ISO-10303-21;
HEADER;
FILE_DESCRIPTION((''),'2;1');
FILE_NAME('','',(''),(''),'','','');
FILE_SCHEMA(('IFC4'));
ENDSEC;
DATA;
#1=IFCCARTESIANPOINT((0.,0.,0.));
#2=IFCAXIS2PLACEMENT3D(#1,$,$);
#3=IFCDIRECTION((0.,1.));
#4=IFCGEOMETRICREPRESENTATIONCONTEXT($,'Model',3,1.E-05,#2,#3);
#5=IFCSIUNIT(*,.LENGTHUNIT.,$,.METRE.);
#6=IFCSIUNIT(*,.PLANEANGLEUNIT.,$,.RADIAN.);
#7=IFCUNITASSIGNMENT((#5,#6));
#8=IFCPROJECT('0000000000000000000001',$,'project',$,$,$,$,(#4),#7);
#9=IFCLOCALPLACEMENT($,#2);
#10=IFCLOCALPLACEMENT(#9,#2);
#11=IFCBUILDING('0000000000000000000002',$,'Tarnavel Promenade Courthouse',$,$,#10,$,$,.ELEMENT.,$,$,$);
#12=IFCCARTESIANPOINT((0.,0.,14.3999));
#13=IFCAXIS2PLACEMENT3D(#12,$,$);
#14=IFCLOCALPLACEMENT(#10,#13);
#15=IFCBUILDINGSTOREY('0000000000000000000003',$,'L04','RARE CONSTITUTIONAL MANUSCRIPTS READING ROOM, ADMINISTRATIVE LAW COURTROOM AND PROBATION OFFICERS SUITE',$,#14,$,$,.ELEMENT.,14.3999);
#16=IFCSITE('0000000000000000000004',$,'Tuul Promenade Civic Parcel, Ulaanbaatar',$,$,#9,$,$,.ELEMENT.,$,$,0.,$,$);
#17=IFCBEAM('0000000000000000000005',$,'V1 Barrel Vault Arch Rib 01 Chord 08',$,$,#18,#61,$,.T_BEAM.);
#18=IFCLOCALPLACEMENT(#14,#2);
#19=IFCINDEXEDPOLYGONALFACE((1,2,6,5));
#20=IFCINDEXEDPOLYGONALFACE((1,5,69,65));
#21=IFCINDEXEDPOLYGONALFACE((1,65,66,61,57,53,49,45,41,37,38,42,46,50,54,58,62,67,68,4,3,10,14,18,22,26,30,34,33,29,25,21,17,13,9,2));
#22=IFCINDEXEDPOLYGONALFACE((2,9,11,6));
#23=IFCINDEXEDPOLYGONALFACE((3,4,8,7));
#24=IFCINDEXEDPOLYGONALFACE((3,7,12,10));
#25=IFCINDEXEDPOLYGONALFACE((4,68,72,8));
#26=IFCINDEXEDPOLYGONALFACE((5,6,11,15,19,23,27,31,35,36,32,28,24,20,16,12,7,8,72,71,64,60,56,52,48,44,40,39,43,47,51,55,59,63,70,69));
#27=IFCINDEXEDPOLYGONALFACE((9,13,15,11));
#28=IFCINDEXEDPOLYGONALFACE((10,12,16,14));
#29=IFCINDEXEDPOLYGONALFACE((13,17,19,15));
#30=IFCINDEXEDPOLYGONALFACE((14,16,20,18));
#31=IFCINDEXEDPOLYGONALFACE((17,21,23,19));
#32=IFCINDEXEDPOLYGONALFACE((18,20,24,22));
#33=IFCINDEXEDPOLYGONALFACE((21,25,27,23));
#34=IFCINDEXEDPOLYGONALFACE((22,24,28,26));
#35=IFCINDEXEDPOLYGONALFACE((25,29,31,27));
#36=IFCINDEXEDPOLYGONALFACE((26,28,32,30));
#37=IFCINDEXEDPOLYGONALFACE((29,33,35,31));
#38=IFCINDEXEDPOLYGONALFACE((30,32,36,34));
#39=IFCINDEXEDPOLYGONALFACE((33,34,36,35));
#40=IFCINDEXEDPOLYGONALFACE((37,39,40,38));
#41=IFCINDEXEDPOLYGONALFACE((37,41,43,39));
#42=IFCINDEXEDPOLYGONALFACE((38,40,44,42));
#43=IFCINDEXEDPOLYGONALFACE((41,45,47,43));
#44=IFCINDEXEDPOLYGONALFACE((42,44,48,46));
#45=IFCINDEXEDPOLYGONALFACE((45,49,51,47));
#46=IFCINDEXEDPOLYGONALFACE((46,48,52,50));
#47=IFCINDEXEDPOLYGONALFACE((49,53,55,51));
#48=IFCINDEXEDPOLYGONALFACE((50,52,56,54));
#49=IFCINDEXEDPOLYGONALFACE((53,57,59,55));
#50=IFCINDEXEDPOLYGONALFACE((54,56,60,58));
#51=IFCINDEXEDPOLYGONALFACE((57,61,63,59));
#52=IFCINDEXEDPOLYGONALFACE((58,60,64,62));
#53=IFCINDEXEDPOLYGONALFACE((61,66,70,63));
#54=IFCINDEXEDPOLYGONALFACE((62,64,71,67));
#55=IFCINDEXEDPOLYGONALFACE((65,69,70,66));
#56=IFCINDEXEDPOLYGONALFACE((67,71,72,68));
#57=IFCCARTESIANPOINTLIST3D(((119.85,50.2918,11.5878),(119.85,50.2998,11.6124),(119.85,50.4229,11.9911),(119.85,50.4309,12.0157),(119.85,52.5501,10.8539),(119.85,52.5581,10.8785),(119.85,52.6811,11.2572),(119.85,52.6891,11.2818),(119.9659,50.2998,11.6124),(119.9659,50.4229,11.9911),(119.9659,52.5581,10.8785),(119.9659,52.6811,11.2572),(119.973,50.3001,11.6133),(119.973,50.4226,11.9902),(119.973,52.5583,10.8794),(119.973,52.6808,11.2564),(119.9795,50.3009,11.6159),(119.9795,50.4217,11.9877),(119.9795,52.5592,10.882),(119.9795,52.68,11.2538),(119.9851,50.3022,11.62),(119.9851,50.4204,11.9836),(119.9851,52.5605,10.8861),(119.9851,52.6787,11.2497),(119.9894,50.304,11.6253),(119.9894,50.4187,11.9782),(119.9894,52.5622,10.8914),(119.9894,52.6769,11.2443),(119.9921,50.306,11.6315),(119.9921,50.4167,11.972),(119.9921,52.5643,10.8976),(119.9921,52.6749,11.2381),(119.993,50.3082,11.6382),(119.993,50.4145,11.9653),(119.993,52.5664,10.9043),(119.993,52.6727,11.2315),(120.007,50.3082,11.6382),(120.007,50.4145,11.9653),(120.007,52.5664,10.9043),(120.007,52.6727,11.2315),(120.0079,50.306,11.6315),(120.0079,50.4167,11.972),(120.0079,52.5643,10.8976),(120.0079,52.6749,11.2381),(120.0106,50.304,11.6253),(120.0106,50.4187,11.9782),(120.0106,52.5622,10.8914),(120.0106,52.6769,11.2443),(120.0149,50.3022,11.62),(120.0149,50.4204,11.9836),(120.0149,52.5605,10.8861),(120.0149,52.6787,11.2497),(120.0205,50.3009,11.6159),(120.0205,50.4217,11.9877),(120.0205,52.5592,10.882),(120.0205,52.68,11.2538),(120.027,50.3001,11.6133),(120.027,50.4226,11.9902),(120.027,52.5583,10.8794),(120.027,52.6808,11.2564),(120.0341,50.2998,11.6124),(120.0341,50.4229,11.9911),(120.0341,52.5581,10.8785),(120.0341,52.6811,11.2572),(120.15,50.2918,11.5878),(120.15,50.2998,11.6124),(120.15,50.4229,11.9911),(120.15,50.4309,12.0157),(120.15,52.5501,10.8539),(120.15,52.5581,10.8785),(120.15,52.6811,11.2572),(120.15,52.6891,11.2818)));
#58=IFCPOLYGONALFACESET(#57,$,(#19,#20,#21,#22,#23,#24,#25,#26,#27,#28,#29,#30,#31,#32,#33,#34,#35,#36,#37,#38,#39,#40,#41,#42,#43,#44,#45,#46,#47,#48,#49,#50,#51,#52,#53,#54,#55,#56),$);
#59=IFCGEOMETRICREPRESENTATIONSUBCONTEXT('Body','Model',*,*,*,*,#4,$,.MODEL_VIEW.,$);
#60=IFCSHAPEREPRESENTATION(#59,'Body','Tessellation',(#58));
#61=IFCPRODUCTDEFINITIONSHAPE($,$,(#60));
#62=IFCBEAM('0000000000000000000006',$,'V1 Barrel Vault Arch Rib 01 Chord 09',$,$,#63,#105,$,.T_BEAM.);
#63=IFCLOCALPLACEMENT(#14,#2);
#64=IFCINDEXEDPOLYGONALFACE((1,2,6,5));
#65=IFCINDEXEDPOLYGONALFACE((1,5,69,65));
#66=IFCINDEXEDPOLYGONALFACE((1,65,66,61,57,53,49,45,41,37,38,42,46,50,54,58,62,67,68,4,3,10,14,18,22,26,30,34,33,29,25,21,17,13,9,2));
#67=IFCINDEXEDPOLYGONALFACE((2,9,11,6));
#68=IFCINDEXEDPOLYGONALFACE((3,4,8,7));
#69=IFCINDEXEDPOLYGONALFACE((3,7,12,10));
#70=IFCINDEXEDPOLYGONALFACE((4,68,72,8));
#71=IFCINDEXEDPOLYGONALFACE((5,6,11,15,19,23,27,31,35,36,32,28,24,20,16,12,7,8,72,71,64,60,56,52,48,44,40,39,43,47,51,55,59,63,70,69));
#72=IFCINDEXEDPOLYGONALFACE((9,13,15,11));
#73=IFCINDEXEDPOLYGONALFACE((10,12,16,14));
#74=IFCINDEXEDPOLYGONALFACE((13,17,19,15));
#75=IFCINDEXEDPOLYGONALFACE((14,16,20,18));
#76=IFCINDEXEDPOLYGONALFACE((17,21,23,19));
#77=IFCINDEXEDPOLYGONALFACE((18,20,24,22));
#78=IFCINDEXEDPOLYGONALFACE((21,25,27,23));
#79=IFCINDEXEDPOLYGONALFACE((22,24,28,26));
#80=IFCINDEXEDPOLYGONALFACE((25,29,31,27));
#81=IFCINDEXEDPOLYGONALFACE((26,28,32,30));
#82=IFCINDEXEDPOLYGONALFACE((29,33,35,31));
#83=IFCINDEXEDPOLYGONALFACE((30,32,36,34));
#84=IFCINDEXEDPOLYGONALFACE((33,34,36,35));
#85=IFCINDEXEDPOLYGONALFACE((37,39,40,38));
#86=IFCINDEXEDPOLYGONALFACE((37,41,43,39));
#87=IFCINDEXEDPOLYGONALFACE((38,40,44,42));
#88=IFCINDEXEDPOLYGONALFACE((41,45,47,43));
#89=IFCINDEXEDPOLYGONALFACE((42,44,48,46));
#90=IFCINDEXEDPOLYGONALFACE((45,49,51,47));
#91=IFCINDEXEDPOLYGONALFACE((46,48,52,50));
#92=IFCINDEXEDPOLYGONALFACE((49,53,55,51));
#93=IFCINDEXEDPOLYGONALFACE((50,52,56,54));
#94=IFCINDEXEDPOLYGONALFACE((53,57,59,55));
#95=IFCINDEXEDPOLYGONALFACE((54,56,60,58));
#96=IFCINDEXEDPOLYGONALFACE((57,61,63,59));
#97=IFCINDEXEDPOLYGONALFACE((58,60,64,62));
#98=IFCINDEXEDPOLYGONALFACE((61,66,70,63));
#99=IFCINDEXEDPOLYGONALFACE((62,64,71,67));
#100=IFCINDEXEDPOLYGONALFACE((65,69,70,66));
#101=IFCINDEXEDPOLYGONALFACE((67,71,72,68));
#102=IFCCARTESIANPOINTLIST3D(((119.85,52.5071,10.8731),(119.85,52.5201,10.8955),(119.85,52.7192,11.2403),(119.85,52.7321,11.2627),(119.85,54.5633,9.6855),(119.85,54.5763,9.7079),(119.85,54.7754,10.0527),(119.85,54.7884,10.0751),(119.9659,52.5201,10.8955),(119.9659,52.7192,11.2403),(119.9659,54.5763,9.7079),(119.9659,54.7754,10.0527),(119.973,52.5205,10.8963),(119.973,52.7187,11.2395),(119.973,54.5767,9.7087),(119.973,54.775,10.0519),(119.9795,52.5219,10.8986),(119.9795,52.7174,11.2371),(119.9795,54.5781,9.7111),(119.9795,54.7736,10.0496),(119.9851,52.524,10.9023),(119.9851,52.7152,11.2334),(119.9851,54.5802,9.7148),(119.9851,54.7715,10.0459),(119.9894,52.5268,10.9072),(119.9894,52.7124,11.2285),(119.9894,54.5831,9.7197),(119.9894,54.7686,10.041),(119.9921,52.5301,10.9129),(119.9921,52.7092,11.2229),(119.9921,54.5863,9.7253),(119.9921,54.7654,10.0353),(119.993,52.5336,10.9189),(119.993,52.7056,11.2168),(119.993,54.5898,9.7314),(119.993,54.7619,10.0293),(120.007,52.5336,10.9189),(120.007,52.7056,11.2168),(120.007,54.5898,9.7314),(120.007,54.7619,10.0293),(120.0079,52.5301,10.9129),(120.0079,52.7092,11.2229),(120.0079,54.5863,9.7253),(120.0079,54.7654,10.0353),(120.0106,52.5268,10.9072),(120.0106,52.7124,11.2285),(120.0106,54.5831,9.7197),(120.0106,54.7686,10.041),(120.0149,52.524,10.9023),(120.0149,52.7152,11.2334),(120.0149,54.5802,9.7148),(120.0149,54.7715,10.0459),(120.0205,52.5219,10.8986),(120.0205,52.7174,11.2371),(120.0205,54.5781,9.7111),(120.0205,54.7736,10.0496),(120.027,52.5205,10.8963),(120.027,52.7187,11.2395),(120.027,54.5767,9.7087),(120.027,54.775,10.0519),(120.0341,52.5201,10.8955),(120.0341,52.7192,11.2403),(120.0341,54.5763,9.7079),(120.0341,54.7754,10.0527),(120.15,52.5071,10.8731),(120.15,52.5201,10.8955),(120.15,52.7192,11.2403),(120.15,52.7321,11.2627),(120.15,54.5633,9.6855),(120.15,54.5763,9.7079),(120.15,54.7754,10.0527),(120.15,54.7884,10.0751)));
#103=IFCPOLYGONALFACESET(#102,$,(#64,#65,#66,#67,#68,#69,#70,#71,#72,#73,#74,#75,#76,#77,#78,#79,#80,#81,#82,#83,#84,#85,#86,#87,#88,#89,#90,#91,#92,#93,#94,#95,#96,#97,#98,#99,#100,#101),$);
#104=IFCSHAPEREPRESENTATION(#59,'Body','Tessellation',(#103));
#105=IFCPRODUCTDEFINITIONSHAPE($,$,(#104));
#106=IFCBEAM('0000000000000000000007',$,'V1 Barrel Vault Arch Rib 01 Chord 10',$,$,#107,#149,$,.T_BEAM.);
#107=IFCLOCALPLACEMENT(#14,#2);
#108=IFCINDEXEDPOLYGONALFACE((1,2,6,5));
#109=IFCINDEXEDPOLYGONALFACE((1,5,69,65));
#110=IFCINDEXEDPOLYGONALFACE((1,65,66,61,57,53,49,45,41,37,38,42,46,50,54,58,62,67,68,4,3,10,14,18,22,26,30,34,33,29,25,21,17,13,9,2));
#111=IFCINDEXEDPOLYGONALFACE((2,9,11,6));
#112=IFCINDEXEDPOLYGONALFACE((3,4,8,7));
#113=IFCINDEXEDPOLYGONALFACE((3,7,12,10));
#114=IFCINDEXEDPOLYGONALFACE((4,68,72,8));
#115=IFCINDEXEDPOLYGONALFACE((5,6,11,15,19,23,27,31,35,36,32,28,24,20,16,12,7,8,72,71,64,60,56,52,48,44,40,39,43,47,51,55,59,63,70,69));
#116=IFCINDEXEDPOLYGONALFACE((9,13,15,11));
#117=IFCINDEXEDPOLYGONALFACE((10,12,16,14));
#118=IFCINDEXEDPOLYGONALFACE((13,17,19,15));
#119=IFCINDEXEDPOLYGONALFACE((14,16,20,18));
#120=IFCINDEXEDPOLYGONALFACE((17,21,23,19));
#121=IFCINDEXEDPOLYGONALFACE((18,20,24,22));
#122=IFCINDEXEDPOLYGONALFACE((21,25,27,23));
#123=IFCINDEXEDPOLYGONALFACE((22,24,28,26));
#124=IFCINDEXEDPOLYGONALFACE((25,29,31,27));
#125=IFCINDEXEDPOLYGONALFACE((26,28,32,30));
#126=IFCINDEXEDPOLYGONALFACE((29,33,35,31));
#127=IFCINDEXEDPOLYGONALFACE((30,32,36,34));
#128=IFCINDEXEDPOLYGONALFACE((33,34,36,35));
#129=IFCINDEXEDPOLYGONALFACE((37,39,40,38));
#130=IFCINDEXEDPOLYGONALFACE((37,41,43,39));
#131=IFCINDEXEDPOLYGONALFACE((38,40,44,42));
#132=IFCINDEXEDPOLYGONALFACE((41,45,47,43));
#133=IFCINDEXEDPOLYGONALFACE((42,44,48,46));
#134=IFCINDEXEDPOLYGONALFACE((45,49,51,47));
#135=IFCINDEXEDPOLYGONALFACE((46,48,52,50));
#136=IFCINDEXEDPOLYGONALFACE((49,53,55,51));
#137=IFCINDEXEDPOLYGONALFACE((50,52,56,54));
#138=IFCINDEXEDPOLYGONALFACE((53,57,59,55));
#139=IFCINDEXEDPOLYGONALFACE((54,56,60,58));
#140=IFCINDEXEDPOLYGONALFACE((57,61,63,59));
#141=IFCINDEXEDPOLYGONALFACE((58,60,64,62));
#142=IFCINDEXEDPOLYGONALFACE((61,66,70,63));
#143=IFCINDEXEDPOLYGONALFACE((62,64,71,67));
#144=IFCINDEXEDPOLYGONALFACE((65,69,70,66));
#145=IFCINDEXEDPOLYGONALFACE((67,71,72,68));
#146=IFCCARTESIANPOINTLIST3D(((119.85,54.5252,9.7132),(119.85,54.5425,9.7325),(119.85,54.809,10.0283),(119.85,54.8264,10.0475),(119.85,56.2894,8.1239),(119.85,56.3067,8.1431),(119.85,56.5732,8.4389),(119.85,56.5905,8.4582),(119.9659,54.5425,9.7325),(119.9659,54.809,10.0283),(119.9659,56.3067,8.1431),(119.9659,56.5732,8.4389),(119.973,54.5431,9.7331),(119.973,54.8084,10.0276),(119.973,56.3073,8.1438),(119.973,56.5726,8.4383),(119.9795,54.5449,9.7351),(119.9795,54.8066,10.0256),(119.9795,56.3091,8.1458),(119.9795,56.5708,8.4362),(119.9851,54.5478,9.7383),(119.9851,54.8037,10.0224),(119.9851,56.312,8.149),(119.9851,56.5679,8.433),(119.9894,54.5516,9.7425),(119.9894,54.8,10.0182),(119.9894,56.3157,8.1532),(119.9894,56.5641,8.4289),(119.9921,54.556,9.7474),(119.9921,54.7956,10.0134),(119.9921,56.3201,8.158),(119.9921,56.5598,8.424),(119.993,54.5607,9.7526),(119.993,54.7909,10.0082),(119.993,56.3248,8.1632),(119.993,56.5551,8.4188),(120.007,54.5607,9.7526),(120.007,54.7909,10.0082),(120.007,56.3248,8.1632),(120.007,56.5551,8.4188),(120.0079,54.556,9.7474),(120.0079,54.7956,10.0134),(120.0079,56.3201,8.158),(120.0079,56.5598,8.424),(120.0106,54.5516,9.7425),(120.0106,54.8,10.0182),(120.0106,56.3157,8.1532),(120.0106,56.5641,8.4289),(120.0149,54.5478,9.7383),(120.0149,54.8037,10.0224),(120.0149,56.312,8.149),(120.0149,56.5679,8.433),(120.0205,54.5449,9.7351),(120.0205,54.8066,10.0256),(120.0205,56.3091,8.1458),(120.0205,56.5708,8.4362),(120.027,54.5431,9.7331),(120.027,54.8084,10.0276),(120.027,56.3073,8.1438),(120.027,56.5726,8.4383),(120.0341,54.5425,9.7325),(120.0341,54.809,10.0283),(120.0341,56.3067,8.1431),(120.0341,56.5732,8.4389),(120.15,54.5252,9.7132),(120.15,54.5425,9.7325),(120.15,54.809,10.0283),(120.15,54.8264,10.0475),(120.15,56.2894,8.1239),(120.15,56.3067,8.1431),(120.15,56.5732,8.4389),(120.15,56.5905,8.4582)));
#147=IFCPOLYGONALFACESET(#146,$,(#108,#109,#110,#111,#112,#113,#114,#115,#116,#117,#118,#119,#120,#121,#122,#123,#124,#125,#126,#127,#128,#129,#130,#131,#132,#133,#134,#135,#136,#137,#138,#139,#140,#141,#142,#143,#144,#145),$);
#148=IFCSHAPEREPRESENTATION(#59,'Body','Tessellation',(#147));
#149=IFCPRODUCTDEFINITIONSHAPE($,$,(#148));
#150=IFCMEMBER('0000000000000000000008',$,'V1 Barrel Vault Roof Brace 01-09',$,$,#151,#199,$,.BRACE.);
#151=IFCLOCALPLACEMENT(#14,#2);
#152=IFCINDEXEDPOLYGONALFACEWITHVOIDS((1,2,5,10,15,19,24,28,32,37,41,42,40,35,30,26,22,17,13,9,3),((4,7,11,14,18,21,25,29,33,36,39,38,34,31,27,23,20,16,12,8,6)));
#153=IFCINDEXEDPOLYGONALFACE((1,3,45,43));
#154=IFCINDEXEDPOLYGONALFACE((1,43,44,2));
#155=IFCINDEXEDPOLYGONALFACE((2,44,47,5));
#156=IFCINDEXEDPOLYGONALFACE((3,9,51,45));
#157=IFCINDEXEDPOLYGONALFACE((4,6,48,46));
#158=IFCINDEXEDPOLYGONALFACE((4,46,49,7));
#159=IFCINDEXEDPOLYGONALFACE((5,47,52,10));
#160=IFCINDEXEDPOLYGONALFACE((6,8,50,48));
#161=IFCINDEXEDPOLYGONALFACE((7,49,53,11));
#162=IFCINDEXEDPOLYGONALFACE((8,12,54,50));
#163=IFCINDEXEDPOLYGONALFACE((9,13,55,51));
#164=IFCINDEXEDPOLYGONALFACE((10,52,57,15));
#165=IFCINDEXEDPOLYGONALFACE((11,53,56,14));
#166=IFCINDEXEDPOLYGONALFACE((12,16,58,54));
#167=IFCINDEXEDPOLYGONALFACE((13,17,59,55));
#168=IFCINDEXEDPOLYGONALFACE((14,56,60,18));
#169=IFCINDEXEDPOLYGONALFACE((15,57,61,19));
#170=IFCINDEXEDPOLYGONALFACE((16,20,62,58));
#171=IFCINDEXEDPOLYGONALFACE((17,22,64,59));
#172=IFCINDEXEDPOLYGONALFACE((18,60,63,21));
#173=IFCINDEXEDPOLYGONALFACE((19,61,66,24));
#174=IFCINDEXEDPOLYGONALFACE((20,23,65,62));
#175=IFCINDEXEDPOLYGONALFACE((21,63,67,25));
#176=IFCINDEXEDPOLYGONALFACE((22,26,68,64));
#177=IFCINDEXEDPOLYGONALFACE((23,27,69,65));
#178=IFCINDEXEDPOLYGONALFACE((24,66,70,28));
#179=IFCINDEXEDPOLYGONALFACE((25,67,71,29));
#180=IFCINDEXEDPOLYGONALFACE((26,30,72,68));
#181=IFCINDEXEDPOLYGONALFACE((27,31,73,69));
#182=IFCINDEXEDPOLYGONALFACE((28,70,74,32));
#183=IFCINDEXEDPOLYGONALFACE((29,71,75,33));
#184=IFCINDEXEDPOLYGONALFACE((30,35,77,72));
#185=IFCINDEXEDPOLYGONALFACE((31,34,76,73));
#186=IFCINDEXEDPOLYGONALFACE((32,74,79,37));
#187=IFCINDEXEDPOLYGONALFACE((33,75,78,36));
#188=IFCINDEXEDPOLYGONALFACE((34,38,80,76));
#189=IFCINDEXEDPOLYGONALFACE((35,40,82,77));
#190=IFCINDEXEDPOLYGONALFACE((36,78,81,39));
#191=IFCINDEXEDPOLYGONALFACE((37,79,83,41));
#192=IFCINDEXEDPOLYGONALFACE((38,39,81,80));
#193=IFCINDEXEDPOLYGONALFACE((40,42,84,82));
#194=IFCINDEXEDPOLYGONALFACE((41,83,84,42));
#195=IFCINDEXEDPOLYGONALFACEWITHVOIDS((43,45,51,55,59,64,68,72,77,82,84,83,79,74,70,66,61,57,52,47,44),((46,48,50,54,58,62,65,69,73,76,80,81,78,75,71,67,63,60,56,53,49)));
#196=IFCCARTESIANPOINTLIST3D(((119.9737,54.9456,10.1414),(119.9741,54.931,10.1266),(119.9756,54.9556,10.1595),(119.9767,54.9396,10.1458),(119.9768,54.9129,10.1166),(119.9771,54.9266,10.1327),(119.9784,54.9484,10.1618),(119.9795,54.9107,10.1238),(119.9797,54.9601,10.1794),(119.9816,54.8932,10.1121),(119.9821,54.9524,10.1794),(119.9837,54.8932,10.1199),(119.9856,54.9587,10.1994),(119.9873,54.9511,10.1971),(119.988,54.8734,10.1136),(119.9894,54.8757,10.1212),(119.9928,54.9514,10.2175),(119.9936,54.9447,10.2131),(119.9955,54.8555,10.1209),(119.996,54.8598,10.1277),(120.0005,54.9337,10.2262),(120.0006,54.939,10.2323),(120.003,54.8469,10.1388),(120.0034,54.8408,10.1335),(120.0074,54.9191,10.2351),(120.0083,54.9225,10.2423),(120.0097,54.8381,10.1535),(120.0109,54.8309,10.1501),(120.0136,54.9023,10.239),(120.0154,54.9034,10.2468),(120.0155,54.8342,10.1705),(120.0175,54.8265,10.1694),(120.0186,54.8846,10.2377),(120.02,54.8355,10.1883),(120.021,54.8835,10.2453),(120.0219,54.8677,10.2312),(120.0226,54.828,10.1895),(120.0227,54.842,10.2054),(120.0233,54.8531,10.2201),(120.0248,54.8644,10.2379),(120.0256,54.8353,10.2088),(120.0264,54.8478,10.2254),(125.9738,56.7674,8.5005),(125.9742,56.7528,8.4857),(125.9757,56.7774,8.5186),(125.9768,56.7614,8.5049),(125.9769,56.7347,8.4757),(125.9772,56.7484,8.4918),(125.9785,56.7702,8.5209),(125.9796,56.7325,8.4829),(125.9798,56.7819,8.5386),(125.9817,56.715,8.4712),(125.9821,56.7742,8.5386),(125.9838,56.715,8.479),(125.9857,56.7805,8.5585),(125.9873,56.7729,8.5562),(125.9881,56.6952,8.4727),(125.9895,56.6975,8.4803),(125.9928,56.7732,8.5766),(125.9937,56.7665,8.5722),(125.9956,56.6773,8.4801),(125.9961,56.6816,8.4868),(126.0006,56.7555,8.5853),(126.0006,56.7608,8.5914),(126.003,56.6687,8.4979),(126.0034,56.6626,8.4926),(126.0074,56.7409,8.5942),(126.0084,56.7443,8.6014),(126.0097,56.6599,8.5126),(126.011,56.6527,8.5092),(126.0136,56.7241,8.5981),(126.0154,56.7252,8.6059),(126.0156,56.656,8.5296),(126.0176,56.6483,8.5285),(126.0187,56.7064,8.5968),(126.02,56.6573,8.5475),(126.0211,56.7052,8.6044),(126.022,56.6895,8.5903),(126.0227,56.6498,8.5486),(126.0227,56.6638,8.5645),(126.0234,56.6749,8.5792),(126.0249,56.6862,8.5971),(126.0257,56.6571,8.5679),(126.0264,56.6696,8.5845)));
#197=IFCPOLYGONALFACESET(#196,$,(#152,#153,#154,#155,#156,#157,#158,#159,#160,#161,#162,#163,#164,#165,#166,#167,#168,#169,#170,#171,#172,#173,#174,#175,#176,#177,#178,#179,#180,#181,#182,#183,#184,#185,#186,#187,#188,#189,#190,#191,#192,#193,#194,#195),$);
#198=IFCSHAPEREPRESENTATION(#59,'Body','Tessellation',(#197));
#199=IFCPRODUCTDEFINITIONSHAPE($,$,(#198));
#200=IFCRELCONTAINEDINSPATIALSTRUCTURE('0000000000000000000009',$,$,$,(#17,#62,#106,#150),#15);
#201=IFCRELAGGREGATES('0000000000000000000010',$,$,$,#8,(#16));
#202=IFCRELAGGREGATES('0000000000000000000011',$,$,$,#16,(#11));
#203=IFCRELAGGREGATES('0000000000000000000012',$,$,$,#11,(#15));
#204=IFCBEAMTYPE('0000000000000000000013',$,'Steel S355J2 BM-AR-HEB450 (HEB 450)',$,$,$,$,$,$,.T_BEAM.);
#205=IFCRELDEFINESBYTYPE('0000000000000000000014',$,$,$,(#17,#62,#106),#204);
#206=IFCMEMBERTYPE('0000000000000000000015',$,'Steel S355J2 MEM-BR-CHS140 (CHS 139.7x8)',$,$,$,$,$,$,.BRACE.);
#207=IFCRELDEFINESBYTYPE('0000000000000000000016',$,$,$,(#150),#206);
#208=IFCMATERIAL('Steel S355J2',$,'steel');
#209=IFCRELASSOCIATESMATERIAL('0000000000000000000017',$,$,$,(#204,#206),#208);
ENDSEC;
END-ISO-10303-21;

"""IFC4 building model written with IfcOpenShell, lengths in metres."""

from ifc_helpers import new_model, si_unit, direction, frame, origin, origin_2d, place, context, subcontext, project, spatial, hollow_circle, i_section, extrude, material, material_profile, profile_set, type_object, element, save


model = new_model("IFC4")

# Units and contexts
model_context = context("Model", 3, precision=1e-05, world=origin(), true_north=direction((0.0, 1.0)))
body_context = subcontext(model_context, "Body", "Model", "MODEL_VIEW")
ifc_project = project(units=[si_unit("LENGTHUNIT", "METRE"), si_unit("PLANEANGLEUNIT", "RADIAN")], contexts=[model_context])

# Site, building, storey
site_placement = place(None, origin())
site = spatial("IfcSite", under=ifc_project, at=site_placement, Name="Tuul Promenade Civic Parcel, Ulaanbaatar", CompositionType="ELEMENT", RefElevation=0.0)
building_placement = place(site_placement, origin())
building = spatial("IfcBuilding", under=site, at=building_placement, Name="Tarnavel Promenade Courthouse", CompositionType="ELEMENT")
storey_placement = place(building_placement, frame((0.0, 0.0, 14.3999)))
storey = spatial("IfcBuildingStorey", under=building, at=storey_placement, Name="L04", Description="RARE CONSTITUTIONAL MANUSCRIPTS READING ROOM, ADMINISTRATIVE LAW COURTROOM AND PROBATION OFFICERS SUITE", CompositionType="ELEMENT", Elevation=14.3999)

# Beams
ifc_material_1 = material(Name="Steel S355J2", Category="steel")
ifc_material_profile_1 = material_profile(ifc_material_1, i_section(OverallWidth=0.3, OverallDepth=0.45, WebThickness=0.0139, FlangeThickness=0.0259, FilletRadius=0.0271, at=origin_2d()), Name="HEB 450")
ifc_profile_set_1 = profile_set([ifc_material_profile_1], Name="Steel S355J2")
beam_type = type_object("IfcBeamType", Name="Steel S355J2 BM-AR-HEB450 (HEB 450)", PredefinedType="T_BEAM", material=ifc_profile_set_1)
for number, where, z_axis, x_axis, name in (
    (1, (120.0, 50.3613, 11.8018), (0.0, 0.951042, -0.309063), (-1.0, 0.0, 0.0), "V1 Barrel Vault Arch Rib 01 Chord 08"),
    (2, (120.0, 52.6196, 11.0679), (0.0, 0.865956, -0.50012), (-1.0, 0.0, 0.0), "V1 Barrel Vault Arch Rib 01 Chord 09"),
    (3, (120.0, 54.6758, 9.8804), (0.0, 0.742957, -0.66934), (-1.0, 0.0, 0.0), "V1 Barrel Vault Arch Rib 01 Chord 10"),
):
    element("IfcBeam", number, at=place(storey_placement, frame(where, z_axis=z_axis, x_axis=x_axis)), inside=storey, type_object=beam_type, Name=name, PredefinedType="T_BEAM", context=body_context, shape_type="SweptSolid", body=[
        extrude(i_section(OverallWidth=0.3, OverallDepth=0.45, WebThickness=0.0139, FlangeThickness=0.0259, FilletRadius=0.0271, at=origin_2d()), origin(), (0.0, 0.0, 1.0), 2.3745),
    ])

# Member
ifc_material_profile_2 = material_profile(ifc_material_1, hollow_circle(Radius=0.0698, WallThickness=0.0081, at=origin_2d()), Name="CHS 139.7x8")
ifc_profile_set_2 = profile_set([ifc_material_profile_2], Name="Steel S355J2")
member_type_1 = type_object("IfcMemberType", Name="Steel S355J2 MEM-BR-CHS140 (CHS 139.7x8)", PredefinedType="BRACE", material=ifc_profile_set_2)
member_1_placement = place(storey_placement, frame((120.0, 54.8933, 10.1794), z_axis=(0.925695, 0.281068, -0.253157), x_axis=(-0.290533, 0.956865, 0.0)))
element("IfcMember", 4, at=member_1_placement, inside=storey, type_object=member_type_1, Name="V1 Barrel Vault Roof Brace 01-09", PredefinedType="BRACE", context=body_context, shape_type="SweptSolid", body=[
    extrude(hollow_circle(Radius=0.0698, WallThickness=0.0081, at=origin_2d()), origin(), (0.0, 0.0, 1.0), 6.4817),
])

save(model, "model.ifc")
